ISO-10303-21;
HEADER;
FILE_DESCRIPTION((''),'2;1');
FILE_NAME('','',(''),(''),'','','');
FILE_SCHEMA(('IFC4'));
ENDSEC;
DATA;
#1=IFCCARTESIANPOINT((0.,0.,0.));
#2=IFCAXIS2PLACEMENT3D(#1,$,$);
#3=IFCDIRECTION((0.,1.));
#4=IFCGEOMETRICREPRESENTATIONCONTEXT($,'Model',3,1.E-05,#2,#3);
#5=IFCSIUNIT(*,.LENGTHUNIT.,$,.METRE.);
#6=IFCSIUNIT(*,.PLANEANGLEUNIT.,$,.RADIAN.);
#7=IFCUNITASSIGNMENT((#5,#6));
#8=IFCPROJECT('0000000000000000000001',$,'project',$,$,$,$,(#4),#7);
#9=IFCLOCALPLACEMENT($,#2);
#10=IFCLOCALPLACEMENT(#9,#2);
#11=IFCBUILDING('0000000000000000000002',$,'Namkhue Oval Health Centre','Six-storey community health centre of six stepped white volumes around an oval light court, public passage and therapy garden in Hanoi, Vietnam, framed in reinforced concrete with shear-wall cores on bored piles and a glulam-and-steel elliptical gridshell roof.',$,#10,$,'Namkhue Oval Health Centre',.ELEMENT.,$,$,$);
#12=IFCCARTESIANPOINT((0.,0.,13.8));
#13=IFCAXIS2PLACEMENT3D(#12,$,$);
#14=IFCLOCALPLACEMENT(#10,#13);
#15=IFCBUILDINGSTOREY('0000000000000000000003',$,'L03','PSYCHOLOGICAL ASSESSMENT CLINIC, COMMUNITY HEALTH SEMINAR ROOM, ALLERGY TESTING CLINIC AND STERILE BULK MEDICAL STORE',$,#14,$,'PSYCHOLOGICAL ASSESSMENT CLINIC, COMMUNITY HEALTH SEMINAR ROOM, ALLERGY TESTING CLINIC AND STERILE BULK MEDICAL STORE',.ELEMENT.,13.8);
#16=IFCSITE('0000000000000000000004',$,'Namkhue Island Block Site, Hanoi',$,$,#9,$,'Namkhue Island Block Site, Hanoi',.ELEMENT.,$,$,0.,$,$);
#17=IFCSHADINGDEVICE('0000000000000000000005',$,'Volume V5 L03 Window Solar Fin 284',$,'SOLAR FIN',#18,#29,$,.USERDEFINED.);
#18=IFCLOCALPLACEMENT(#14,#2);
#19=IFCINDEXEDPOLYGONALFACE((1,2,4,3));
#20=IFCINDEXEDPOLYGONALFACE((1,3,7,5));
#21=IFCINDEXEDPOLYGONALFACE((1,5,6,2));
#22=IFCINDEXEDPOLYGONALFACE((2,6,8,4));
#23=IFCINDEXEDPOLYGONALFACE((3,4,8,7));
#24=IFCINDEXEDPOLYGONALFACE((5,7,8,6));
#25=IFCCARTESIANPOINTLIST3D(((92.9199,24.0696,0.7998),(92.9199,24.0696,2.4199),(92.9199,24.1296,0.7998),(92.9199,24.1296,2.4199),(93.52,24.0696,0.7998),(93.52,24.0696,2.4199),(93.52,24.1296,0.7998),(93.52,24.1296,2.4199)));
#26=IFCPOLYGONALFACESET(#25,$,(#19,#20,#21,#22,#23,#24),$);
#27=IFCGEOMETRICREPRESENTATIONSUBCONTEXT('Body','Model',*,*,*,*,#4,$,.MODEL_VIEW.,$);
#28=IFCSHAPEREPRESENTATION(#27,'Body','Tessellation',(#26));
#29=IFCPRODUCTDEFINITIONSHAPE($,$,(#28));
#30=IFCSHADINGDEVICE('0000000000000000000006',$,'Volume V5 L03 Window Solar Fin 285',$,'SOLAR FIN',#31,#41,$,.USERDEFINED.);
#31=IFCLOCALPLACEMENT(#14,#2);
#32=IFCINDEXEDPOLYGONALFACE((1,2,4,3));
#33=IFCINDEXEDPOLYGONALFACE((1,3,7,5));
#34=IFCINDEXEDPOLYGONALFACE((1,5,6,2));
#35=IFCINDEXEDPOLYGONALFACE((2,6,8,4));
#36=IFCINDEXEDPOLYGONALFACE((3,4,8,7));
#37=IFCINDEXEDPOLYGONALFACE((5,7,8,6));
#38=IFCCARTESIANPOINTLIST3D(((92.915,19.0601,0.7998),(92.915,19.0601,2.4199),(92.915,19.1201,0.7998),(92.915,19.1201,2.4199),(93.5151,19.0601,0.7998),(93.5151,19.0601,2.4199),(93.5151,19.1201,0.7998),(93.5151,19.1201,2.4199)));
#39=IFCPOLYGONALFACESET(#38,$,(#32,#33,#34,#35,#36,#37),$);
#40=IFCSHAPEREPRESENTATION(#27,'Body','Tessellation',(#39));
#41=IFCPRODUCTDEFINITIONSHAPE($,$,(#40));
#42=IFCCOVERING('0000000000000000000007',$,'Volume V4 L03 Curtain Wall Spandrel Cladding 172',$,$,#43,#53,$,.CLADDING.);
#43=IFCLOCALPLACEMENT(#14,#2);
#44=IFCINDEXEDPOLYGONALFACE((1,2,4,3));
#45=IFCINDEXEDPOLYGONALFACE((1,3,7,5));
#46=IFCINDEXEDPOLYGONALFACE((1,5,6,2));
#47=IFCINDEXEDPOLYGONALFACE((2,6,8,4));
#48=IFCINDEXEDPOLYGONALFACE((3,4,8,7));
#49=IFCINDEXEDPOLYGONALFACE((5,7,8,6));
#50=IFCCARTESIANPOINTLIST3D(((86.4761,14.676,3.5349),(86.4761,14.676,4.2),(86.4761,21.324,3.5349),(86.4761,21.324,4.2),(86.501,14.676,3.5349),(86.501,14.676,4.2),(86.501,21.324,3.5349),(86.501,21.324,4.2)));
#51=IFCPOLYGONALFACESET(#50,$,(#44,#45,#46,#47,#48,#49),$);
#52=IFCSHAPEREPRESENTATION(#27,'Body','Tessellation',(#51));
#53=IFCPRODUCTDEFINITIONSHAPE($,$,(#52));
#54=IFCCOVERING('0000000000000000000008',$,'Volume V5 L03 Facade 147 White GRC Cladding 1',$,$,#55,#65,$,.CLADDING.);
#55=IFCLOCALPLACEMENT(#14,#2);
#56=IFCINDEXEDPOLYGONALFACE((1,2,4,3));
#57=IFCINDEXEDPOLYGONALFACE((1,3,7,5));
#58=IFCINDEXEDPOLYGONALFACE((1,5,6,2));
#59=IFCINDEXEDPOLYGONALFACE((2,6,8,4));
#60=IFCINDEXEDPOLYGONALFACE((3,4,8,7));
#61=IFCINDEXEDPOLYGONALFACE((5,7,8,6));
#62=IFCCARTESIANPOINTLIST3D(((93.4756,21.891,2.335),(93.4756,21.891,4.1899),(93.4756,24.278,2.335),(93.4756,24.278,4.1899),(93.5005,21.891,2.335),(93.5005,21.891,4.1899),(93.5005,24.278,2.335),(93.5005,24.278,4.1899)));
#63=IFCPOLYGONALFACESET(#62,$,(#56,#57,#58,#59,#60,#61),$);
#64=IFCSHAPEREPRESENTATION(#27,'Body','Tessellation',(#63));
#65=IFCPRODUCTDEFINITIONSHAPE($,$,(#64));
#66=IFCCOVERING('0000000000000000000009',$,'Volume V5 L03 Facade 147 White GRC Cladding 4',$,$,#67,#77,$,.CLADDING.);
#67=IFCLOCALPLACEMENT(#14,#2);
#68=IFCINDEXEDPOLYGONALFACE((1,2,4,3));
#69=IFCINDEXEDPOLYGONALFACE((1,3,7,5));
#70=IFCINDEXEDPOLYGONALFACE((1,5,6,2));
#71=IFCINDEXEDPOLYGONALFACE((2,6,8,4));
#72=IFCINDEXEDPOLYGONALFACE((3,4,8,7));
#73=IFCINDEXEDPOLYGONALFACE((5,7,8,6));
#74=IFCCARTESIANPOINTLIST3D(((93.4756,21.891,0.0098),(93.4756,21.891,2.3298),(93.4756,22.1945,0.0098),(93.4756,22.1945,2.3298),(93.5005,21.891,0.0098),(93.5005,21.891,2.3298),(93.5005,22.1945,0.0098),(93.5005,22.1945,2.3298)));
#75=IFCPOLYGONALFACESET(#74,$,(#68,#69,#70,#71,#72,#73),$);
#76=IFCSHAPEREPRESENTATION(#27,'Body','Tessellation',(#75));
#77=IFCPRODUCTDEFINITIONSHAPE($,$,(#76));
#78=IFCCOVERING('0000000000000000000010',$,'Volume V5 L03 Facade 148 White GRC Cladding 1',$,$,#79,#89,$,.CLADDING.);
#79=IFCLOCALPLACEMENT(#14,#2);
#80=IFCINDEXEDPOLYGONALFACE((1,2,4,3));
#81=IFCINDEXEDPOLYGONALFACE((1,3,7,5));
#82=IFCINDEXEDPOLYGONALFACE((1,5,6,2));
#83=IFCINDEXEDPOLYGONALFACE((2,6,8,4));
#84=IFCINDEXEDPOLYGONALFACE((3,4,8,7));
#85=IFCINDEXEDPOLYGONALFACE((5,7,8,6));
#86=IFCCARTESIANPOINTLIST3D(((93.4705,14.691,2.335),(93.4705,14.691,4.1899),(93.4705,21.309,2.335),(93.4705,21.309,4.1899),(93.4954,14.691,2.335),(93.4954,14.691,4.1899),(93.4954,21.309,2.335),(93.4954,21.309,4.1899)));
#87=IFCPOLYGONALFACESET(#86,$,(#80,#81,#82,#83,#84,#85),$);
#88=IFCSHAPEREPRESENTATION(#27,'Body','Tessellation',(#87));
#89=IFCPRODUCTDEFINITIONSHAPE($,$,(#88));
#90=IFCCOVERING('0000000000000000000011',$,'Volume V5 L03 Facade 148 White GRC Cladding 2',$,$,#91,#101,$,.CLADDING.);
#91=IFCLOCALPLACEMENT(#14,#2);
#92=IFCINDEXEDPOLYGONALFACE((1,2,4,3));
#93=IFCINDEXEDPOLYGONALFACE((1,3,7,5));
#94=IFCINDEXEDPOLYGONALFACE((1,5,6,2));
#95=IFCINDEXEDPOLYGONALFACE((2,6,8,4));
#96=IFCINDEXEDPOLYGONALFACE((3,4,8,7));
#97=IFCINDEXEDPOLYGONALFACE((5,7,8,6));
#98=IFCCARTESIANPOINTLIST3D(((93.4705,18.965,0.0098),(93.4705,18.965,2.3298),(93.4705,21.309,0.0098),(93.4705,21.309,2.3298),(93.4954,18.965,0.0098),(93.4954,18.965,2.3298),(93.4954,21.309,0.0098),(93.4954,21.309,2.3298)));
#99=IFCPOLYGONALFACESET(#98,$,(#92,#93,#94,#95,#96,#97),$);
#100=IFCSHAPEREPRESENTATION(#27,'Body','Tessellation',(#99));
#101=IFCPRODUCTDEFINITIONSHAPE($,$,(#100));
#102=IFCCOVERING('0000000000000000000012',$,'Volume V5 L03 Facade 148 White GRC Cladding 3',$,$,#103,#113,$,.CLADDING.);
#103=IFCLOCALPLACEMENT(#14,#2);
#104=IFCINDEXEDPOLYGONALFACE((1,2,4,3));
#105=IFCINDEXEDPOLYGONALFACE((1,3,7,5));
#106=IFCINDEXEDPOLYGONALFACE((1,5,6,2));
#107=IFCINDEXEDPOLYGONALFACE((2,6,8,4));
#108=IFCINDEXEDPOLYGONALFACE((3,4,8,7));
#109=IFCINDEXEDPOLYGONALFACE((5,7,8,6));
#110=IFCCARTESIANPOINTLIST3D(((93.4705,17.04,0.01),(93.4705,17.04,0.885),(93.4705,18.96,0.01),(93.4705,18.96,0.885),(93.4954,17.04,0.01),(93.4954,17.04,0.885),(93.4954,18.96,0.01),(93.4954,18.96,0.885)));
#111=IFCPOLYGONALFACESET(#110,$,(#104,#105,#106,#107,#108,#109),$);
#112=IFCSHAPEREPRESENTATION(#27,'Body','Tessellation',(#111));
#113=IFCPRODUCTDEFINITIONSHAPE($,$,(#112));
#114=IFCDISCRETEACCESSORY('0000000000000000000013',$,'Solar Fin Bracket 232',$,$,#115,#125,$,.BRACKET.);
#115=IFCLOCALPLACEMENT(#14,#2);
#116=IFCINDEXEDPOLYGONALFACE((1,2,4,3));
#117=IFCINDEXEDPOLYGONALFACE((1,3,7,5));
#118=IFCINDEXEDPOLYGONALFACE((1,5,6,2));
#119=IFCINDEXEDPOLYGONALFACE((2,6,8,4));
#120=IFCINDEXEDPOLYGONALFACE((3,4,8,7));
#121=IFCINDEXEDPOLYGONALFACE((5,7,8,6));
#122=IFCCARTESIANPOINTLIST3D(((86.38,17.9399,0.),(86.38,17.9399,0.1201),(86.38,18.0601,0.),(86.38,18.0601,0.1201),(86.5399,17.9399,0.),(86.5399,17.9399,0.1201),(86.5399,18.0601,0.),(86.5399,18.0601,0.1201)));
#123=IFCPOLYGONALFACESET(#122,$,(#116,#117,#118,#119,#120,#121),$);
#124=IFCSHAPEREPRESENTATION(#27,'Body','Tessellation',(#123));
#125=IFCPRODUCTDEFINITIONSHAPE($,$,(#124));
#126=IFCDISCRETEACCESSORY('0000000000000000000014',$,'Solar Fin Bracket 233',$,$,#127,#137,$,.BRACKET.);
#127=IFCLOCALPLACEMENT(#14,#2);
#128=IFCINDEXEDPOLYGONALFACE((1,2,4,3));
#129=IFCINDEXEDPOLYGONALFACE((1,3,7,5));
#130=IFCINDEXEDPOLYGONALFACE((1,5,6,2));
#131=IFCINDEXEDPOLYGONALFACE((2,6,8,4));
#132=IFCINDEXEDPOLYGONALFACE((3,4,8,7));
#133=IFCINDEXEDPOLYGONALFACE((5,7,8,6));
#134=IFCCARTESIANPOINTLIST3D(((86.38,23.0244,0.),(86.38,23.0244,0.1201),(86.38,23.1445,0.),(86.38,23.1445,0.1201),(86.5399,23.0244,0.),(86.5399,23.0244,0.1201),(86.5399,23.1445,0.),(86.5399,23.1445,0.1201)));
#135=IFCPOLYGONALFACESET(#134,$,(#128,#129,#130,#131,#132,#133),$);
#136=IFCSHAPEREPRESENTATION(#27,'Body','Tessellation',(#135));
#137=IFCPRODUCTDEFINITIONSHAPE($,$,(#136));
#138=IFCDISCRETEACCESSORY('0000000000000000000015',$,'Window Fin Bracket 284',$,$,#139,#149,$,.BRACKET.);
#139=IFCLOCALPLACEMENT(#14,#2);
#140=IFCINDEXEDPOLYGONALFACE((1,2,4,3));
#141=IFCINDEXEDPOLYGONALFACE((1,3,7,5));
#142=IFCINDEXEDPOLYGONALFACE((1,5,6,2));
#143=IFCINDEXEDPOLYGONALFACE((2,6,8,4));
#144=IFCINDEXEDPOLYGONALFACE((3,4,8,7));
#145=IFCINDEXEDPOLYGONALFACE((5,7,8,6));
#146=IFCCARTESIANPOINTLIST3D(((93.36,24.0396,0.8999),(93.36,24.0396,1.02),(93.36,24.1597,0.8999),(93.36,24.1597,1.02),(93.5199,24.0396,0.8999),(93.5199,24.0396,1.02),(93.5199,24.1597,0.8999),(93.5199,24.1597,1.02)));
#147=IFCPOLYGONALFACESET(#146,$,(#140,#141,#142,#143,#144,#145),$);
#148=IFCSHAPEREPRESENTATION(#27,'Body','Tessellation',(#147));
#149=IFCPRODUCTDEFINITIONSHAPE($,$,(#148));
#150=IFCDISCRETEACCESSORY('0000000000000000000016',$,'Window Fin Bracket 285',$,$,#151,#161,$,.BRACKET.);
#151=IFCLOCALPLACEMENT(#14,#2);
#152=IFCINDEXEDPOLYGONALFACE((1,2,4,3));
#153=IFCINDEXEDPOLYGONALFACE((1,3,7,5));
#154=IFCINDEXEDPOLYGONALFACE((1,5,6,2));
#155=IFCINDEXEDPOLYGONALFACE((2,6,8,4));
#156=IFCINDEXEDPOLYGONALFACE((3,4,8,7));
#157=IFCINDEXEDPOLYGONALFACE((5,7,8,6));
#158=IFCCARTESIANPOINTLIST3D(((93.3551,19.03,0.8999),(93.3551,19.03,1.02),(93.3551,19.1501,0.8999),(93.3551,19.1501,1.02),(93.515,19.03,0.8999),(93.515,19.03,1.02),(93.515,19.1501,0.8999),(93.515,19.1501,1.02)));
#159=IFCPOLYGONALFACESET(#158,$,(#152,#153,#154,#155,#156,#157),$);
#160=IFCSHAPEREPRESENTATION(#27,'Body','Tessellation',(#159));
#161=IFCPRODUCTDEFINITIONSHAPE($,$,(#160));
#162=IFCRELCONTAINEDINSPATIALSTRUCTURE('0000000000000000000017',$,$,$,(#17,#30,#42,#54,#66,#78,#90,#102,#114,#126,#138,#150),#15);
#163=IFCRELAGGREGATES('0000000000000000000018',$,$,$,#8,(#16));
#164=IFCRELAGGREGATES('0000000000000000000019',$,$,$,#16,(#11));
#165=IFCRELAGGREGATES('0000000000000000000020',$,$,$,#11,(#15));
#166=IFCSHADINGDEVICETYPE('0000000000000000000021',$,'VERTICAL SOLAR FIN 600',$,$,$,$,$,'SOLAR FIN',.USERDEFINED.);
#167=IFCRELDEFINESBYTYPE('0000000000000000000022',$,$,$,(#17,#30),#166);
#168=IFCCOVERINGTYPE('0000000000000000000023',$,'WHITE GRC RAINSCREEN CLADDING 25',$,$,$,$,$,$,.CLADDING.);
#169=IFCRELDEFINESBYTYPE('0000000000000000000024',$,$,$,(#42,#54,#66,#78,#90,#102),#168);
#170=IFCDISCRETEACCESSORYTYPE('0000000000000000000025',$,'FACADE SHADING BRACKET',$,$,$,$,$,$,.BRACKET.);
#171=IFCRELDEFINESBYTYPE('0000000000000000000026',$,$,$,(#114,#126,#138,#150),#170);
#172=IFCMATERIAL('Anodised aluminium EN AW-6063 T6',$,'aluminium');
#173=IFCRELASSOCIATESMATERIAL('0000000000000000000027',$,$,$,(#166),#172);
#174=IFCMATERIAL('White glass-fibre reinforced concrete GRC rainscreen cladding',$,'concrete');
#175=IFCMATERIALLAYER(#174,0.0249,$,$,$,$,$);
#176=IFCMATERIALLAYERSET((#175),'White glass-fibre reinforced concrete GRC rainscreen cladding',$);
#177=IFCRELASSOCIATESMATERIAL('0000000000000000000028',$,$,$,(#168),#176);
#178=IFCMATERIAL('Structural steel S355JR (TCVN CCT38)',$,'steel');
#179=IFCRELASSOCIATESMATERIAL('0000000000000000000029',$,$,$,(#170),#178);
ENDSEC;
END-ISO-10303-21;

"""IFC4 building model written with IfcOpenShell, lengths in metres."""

from ifc_helpers import new_model, si_unit, direction, frame, origin, origin_2d, place, context, subcontext, project, spatial, rectangle, extrude, material, layer, layer_set, type_object, element, save


model = new_model("IFC4")

# Units and contexts
model_context = context("Model", 3, precision=1e-05, world=origin(), true_north=direction((0.0, 1.0)))
body_context = subcontext(model_context, "Body", "Model", "MODEL_VIEW")
ifc_project = project(units=[si_unit("LENGTHUNIT", "METRE"), si_unit("PLANEANGLEUNIT", "RADIAN")], contexts=[model_context])

# Site, building, storey
site_placement = place(None, origin())
site = spatial("IfcSite", under=ifc_project, at=site_placement, Name="Namkhue Island Block Site, Hanoi", LongName="Namkhue Island Block Site, Hanoi", CompositionType="ELEMENT", RefElevation=0.0)
building_placement = place(site_placement, origin())
building = spatial("IfcBuilding", under=site, at=building_placement, Name="Namkhue Oval Health Centre", Description="Six-storey community health centre of six stepped white volumes around an oval light court, public passage and therapy garden in Hanoi, Vietnam, framed in reinforced concrete with shear-wall cores on bored piles and a glulam-and-steel elliptical gridshell roof.", LongName="Namkhue Oval Health Centre", CompositionType="ELEMENT")
storey_placement = place(building_placement, frame((0.0, 0.0, 13.8)))
storey = spatial("IfcBuildingStorey", under=building, at=storey_placement, Name="L03", Description="PSYCHOLOGICAL ASSESSMENT CLINIC, COMMUNITY HEALTH SEMINAR ROOM, ALLERGY TESTING CLINIC AND STERILE BULK MEDICAL STORE", LongName="PSYCHOLOGICAL ASSESSMENT CLINIC, COMMUNITY HEALTH SEMINAR ROOM, ALLERGY TESTING CLINIC AND STERILE BULK MEDICAL STORE", CompositionType="ELEMENT", Elevation=13.8)

# Shared definitions
ifc_material_1 = material(Name="Anodised aluminium EN AW-6063 T6", Category="aluminium")

# Shading devices
shading_device_type = type_object("IfcShadingDeviceType", Name="VERTICAL SOLAR FIN 600", ElementType="SOLAR FIN", PredefinedType="USERDEFINED", material=ifc_material_1)
for number, where, z_axis, x_axis, name in (
    (1, (93.22, 24.0996, 0.7998), (0.0, 0.0, 1.0), (-1.0, 0.0, 0.0), "Volume V5 L03 Window Solar Fin 284"),
    (2, (93.2151, 19.0901, 0.7998), (0.0, 0.0, 1.0), (-1.0, 0.0, 0.0), "Volume V5 L03 Window Solar Fin 285"),
):
    element("IfcShadingDevice", number, at=place(storey_placement, frame(where, z_axis=z_axis, x_axis=x_axis)), inside=storey, type_object=shading_device_type, Name=name, ObjectType="SOLAR FIN", PredefinedType="USERDEFINED", context=body_context, shape_type="SweptSolid", body=[
        extrude(rectangle(XDim=0.6001, YDim=0.0601, at=origin_2d()), origin(), (0.0, 0.0, 1.0), 1.6201),
    ])

# Coverings
ifc_material_2 = material(Name="White glass-fibre reinforced concrete GRC rainscreen cladding", Category="concrete")
ifc_layer_1 = layer(ifc_material_2, 0.0249)
ifc_layer_set_1 = layer_set([ifc_layer_1], Name="White glass-fibre reinforced concrete GRC rainscreen cladding")
covering_type = type_object("IfcCoveringType", Name="WHITE GRC RAINSCREEN CLADDING 25", PredefinedType="CLADDING", material=ifc_layer_set_1)
covering_1_placement = place(storey_placement, frame((86.4885, 18.0, 3.5349), z_axis=(0.0, 0.0, 1.0), x_axis=(0.0, 1.0, 0.0)))
element("IfcCovering", 3, at=covering_1_placement, inside=storey, type_object=covering_type, Name="Volume V4 L03 Curtain Wall Spandrel Cladding 172", PredefinedType="CLADDING", context=body_context, shape_type="SweptSolid", body=[
    extrude(rectangle(XDim=6.6479, YDim=0.0249, at=origin_2d()), origin(), (0.0, 0.0, 1.0), 0.665),
])
covering_2_placement = place(storey_placement, frame((93.488, 23.0845, 2.335), z_axis=(0.0, 0.0, 1.0), x_axis=(0.0, -1.0, 0.0)))
element("IfcCovering", 4, at=covering_2_placement, inside=storey, type_object=covering_type, Name="Volume V5 L03 Facade 147 White GRC Cladding 1", PredefinedType="CLADDING", context=body_context, shape_type="SweptSolid", body=[
    extrude(rectangle(XDim=2.387, YDim=0.0249, at=origin_2d()), origin(), (0.0, 0.0, 1.0), 1.855),
])
covering_3_placement = place(storey_placement, frame((93.488, 22.0427, 0.0098), z_axis=(0.0, 0.0, 1.0), x_axis=(0.0, -1.0, 0.0)))
element("IfcCovering", 5, at=covering_3_placement, inside=storey, type_object=covering_type, Name="Volume V5 L03 Facade 147 White GRC Cladding 4", PredefinedType="CLADDING", context=body_context, shape_type="SweptSolid", body=[
    extrude(rectangle(XDim=0.3035, YDim=0.0249, at=origin_2d()), origin(), (0.0, 0.0, 1.0), 2.3201),
])
covering_4_placement = place(storey_placement, frame((93.4829, 18.0, 2.335), z_axis=(0.0, 0.0, 1.0), x_axis=(0.0, -1.0, 0.0)))
element("IfcCovering", 6, at=covering_4_placement, inside=storey, type_object=covering_type, Name="Volume V5 L03 Facade 148 White GRC Cladding 1", PredefinedType="CLADDING", context=body_context, shape_type="SweptSolid", body=[
    extrude(rectangle(XDim=6.6179, YDim=0.0249, at=origin_2d()), origin(), (0.0, 0.0, 1.0), 1.855),
])
covering_5_placement = place(storey_placement, frame((93.4829, 20.137, 0.0098), z_axis=(0.0, 0.0, 1.0), x_axis=(0.0, -1.0, 0.0)))
element("IfcCovering", 7, at=covering_5_placement, inside=storey, type_object=covering_type, Name="Volume V5 L03 Facade 148 White GRC Cladding 2", PredefinedType="CLADDING", context=body_context, shape_type="SweptSolid", body=[
    extrude(rectangle(XDim=2.344, YDim=0.0249, at=origin_2d()), origin(), (0.0, 0.0, 1.0), 2.3201),
])
covering_6_placement = place(storey_placement, frame((93.4829, 18.0, 0.01), z_axis=(0.0, 0.0, 1.0), x_axis=(0.0, -1.0, 0.0)))
element("IfcCovering", 8, at=covering_6_placement, inside=storey, type_object=covering_type, Name="Volume V5 L03 Facade 148 White GRC Cladding 3", PredefinedType="CLADDING", context=body_context, shape_type="SweptSolid", body=[
    extrude(rectangle(XDim=1.9199, YDim=0.0249, at=origin_2d()), origin(), (0.0, 0.0, 1.0), 0.875),
])

# Discrete accessories
ifc_material_3 = material(Name="Structural steel S355JR (TCVN CCT38)", Category="steel")
discrete_accessory_type = type_object("IfcDiscreteAccessoryType", Name="FACADE SHADING BRACKET", PredefinedType="BRACKET", material=ifc_material_3)
for number, where, z_axis, x_axis, name in (
    (9, (86.46, 18.0, 0.0), (0.0, 0.0, 1.0), (1.0, 0.0, 0.0), "Solar Fin Bracket 232"),
    (10, (86.46, 23.0845, 0.0), (0.0, 0.0, 1.0), (1.0, 0.0, 0.0), "Solar Fin Bracket 233"),
    (11, (93.4399, 24.0996, 0.8999), (0.0, 0.0, 1.0), (-1.0, 0.0, 0.0), "Window Fin Bracket 284"),
    (12, (93.4351, 19.0901, 0.8999), (0.0, 0.0, 1.0), (-1.0, 0.0, 0.0), "Window Fin Bracket 285"),
):
    element("IfcDiscreteAccessory", number, at=place(storey_placement, frame(where, z_axis=z_axis, x_axis=x_axis)), inside=storey, type_object=discrete_accessory_type, Name=name, PredefinedType="BRACKET", context=body_context, shape_type="SweptSolid", body=[
        extrude(rectangle(XDim=0.1599, YDim=0.1201, at=origin_2d()), origin(), (0.0, 0.0, 1.0), 0.1201),
    ])

save(model, "model.ifc")
